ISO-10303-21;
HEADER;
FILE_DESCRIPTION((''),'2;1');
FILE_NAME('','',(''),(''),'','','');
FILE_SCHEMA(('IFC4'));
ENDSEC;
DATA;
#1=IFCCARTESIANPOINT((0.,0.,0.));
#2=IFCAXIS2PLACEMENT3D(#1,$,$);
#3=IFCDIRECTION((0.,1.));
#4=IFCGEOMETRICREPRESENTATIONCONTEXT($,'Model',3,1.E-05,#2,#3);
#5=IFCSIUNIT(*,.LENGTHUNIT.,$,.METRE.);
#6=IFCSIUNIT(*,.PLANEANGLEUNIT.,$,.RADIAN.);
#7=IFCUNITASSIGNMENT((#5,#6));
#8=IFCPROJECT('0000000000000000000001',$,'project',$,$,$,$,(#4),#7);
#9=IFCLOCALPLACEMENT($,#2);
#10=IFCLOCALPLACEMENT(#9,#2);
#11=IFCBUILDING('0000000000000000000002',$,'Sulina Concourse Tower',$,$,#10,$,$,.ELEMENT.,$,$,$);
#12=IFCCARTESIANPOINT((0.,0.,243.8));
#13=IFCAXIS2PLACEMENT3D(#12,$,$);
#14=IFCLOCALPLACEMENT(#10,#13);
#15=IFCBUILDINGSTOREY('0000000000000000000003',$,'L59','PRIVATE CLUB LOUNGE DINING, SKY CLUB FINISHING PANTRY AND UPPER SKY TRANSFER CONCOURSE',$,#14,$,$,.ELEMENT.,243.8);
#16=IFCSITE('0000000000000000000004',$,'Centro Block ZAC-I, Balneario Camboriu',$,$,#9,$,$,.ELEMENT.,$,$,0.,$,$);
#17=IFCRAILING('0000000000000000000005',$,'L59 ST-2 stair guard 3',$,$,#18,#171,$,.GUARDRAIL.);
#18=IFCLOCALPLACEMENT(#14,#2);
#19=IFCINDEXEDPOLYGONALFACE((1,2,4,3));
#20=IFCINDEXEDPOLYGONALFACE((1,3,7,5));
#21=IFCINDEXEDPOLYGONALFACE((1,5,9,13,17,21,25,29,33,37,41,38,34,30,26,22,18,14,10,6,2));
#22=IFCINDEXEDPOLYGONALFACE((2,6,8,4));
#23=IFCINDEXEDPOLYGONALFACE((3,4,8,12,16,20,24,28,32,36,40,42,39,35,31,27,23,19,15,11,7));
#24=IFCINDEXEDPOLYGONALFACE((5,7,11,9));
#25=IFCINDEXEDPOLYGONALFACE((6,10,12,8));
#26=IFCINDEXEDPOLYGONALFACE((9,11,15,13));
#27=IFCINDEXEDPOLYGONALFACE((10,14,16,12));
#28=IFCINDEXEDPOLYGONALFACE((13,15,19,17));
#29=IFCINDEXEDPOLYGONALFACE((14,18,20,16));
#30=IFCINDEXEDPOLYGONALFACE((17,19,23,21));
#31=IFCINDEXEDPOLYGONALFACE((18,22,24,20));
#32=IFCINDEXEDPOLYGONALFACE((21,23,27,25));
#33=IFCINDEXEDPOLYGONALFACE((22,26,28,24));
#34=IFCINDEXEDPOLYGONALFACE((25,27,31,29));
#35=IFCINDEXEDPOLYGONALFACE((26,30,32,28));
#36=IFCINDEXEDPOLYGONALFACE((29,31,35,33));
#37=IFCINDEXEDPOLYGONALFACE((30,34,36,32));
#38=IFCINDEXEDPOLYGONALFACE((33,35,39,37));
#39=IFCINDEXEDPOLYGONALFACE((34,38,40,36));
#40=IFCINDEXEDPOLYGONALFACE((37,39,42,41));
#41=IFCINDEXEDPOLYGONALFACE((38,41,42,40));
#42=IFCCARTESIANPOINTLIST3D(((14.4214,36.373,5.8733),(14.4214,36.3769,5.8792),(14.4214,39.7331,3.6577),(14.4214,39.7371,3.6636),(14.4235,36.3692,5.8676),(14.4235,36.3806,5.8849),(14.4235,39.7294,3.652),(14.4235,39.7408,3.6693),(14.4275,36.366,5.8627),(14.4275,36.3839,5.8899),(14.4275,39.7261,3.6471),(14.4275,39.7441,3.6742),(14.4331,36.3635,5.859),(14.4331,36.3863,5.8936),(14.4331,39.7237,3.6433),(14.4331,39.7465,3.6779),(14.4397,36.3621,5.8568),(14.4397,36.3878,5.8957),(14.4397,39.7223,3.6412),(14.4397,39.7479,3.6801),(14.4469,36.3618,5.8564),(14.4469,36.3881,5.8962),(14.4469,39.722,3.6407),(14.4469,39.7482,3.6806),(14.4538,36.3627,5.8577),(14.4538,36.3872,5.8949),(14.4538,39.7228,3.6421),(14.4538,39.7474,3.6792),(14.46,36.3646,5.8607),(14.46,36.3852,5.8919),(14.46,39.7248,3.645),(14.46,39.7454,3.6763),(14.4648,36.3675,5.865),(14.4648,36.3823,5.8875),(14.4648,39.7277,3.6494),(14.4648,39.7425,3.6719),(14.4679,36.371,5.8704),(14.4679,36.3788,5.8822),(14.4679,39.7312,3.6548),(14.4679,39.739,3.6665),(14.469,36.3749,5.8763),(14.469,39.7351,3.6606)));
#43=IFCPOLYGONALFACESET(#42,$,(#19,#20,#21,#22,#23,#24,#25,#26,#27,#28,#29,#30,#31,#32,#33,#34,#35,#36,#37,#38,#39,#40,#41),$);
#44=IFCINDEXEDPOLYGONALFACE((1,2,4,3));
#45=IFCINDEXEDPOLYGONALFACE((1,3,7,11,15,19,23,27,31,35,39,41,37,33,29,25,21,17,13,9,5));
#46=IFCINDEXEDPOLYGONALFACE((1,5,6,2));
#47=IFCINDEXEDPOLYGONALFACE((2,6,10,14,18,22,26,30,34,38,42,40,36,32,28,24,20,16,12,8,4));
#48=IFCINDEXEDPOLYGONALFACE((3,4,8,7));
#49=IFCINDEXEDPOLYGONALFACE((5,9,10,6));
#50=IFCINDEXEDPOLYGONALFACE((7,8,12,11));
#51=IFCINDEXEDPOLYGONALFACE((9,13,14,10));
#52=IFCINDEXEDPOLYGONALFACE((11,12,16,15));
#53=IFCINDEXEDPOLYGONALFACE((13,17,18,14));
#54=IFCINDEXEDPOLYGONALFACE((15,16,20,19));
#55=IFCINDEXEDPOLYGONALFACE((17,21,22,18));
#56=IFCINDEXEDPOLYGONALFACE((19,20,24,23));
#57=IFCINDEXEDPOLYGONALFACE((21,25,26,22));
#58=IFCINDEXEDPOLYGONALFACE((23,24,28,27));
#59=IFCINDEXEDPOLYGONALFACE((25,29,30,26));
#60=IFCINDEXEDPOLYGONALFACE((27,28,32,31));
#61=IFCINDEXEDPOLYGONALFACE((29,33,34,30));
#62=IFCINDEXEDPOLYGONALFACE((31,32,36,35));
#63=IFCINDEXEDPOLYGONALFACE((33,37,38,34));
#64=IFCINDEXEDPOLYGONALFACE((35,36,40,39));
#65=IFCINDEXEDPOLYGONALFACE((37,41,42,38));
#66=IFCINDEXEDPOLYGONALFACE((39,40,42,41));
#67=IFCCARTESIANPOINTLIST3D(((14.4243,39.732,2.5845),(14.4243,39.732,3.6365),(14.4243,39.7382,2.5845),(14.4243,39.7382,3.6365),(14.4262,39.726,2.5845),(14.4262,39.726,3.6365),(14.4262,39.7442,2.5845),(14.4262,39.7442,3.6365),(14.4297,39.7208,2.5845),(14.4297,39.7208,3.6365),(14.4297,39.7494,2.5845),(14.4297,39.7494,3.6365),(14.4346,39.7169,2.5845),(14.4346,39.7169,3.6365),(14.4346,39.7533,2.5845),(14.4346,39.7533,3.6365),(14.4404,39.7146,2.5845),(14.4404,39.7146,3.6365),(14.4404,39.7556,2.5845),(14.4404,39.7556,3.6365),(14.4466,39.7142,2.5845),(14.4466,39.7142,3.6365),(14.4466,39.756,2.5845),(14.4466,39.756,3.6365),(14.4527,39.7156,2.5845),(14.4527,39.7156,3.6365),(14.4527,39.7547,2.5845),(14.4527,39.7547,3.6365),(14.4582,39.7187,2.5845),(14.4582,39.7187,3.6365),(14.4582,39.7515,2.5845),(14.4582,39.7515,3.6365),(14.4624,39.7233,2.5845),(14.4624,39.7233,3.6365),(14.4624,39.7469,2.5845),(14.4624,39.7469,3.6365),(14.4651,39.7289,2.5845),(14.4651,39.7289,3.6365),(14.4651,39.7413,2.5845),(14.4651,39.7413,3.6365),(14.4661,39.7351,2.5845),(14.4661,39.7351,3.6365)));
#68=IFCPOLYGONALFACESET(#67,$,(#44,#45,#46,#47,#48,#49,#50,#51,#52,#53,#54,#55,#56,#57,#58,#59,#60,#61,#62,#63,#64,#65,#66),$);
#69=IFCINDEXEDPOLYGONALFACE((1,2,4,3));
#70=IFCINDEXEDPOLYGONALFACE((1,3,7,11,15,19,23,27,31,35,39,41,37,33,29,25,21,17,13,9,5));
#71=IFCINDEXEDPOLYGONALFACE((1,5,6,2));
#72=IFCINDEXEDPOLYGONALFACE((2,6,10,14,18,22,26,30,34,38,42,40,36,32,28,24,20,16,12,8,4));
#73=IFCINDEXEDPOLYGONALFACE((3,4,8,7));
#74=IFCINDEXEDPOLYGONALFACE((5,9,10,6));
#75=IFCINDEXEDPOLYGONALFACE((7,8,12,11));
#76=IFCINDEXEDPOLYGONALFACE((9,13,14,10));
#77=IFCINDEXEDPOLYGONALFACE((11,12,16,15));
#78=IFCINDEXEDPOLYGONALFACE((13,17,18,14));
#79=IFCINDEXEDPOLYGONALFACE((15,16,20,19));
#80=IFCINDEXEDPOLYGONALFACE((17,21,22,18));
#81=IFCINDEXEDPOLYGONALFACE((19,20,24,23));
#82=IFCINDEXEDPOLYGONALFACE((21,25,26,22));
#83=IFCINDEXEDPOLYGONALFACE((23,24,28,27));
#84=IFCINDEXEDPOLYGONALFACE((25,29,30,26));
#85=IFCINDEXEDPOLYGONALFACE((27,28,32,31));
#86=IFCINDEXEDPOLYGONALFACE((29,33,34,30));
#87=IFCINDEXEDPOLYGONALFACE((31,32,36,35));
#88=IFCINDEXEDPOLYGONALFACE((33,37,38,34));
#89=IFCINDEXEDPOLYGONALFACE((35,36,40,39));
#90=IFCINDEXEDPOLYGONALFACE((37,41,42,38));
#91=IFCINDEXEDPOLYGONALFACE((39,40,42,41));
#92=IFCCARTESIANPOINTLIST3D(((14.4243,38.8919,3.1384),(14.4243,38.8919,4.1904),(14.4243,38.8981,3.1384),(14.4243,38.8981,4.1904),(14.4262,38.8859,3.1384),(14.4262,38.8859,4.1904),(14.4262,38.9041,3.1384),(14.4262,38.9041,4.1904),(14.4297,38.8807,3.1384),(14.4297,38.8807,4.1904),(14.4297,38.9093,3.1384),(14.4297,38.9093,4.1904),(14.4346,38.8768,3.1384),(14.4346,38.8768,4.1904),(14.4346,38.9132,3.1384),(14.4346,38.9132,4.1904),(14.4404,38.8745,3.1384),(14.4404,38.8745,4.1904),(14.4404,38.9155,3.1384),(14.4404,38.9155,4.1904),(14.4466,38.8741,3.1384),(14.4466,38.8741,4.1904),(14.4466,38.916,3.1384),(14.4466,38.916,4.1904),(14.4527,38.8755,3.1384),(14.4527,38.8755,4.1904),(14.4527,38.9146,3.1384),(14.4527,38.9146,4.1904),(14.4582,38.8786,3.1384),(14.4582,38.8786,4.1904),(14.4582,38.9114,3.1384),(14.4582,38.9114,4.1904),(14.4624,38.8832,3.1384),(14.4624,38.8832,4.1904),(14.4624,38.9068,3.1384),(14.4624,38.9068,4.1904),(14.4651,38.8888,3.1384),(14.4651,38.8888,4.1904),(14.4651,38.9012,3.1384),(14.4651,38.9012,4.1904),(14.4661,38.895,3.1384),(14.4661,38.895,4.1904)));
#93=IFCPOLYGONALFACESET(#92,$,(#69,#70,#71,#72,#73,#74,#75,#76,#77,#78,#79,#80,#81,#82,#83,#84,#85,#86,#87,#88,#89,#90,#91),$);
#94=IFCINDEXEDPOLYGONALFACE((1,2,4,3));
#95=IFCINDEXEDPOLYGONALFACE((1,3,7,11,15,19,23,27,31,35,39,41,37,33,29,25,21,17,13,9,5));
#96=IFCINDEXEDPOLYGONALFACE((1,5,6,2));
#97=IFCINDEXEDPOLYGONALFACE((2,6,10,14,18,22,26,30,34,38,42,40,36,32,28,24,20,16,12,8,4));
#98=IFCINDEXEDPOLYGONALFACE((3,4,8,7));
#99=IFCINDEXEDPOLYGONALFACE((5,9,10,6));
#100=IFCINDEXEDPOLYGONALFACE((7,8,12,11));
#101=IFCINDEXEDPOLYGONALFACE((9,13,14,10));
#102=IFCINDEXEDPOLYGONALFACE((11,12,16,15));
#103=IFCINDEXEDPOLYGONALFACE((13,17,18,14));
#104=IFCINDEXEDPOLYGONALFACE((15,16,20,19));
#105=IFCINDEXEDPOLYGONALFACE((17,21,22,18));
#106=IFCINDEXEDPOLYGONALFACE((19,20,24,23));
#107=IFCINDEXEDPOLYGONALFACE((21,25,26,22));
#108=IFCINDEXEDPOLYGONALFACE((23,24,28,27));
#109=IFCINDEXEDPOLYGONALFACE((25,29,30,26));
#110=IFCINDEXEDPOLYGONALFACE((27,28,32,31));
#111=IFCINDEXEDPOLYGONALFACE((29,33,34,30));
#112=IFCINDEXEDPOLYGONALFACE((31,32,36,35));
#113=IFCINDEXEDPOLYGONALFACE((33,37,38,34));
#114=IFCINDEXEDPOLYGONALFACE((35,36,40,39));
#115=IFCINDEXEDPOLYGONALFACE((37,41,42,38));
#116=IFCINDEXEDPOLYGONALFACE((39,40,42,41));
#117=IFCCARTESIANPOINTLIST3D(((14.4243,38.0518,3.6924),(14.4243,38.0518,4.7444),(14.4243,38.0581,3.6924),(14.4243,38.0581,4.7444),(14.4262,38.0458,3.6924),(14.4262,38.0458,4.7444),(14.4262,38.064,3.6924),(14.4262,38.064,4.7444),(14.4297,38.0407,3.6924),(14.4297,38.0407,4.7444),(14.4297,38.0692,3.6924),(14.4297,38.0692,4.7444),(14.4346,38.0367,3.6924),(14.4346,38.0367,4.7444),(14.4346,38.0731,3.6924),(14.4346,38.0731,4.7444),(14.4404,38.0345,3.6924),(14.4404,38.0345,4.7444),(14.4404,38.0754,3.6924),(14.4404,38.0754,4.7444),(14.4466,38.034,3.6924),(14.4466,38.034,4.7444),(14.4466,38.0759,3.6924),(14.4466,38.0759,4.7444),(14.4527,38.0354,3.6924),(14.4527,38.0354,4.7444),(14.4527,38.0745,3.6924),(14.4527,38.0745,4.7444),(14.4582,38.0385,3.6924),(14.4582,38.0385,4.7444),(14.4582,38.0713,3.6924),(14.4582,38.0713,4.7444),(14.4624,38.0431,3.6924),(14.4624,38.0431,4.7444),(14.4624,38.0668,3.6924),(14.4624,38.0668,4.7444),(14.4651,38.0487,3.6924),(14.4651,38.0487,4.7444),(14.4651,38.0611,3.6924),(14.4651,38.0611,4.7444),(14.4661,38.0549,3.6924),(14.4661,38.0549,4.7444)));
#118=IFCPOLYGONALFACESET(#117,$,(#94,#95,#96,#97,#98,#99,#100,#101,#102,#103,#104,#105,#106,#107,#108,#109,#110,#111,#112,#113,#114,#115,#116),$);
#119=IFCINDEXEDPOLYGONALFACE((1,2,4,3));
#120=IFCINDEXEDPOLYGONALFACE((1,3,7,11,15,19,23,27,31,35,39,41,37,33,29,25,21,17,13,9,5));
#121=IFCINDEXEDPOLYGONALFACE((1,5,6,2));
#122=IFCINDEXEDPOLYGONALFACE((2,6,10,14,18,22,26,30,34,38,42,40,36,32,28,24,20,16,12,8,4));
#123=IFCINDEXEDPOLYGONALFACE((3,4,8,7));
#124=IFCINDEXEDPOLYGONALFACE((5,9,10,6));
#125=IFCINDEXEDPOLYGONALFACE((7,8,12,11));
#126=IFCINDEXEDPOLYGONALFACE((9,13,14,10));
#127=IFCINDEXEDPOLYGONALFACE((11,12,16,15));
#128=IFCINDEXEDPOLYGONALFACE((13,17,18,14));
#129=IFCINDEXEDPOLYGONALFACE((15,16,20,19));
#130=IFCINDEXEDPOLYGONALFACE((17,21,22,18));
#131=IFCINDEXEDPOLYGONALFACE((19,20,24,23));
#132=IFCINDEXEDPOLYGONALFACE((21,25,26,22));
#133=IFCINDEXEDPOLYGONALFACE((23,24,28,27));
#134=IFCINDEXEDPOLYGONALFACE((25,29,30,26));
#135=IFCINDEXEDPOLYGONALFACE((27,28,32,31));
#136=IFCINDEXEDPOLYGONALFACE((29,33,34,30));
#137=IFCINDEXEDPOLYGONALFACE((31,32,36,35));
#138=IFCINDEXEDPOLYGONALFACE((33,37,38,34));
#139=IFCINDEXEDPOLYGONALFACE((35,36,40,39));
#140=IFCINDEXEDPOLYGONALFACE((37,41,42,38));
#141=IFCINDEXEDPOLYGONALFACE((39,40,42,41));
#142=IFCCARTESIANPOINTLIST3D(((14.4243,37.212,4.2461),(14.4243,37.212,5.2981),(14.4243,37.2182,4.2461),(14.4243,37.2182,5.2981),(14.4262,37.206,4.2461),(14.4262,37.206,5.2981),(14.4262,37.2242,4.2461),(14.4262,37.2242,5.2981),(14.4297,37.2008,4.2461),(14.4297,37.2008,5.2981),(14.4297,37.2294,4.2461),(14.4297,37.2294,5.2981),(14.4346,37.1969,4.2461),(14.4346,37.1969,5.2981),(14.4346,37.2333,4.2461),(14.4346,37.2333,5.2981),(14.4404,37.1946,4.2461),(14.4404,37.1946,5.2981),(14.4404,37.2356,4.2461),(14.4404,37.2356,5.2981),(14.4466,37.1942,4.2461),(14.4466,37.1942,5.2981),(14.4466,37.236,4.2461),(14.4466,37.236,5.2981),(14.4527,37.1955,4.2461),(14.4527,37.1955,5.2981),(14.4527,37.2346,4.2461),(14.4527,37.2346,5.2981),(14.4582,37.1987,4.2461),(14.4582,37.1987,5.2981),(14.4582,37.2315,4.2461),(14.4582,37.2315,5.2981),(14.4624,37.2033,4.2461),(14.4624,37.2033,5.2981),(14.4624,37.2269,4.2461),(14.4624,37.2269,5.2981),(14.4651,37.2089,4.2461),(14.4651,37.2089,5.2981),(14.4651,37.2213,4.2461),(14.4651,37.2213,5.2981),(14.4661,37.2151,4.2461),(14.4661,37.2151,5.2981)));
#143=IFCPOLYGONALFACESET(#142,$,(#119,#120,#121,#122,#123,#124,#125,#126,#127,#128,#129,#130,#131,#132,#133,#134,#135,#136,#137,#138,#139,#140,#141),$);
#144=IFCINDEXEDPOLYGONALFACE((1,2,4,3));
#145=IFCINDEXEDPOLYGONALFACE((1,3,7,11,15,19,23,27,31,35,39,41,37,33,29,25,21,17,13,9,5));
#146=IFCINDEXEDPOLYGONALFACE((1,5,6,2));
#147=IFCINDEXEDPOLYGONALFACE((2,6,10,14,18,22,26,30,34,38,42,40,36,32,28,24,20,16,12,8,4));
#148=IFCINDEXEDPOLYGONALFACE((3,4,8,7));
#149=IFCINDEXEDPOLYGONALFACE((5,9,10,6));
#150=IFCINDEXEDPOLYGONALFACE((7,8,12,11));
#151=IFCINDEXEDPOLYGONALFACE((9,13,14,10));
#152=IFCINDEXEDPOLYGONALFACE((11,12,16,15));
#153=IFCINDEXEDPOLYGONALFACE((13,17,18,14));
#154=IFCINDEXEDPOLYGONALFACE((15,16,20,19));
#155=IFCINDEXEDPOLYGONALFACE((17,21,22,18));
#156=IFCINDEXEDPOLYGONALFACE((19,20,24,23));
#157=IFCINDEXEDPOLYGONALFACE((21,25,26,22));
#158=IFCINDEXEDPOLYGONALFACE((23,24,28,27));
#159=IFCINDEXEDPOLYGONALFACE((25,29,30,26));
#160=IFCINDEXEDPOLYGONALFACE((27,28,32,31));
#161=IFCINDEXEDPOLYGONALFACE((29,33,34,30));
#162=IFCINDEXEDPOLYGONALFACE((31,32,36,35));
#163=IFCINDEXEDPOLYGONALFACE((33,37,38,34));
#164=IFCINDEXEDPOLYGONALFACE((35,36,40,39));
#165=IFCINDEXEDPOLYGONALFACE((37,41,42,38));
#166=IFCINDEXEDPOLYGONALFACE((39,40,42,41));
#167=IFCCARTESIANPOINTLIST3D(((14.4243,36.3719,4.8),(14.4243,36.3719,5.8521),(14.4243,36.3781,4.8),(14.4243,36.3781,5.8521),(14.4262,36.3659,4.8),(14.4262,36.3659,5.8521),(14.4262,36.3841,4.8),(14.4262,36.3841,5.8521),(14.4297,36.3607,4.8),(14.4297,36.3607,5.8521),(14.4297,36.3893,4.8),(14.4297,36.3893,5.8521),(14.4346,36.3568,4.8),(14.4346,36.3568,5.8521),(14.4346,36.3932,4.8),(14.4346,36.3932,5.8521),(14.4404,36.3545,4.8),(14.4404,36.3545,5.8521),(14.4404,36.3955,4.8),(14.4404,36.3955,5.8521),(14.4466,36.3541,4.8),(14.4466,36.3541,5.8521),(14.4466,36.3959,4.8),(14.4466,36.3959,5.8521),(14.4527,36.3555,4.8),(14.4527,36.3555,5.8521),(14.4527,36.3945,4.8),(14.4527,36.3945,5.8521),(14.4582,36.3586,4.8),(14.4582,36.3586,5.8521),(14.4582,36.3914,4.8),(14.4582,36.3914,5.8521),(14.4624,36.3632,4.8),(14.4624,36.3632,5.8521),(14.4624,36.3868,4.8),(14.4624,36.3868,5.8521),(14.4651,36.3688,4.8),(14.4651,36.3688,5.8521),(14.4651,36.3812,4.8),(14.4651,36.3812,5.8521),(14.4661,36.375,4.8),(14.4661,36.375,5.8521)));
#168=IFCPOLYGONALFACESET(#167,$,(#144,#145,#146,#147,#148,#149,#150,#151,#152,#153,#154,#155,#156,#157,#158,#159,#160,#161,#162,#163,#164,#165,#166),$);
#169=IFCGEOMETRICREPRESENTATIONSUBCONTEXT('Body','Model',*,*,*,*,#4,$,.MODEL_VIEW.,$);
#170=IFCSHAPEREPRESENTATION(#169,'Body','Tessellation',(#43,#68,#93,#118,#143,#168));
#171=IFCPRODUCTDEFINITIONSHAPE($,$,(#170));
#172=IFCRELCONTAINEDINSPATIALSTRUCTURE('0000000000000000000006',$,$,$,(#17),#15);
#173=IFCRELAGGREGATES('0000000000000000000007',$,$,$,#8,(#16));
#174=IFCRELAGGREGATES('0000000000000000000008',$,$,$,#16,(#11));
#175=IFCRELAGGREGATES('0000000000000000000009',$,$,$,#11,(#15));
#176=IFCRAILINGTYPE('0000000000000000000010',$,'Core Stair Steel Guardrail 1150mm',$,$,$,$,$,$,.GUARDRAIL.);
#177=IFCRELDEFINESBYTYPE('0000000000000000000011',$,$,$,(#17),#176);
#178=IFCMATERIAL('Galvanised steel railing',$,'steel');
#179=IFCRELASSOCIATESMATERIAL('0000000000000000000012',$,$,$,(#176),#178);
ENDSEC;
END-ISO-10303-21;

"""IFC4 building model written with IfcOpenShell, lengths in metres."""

from ifc_helpers import new_model, si_unit, direction, frame, origin, origin_2d, place, context, subcontext, project, spatial, circle, extrude, material, type_object, element, save


model = new_model("IFC4")

# Units and contexts
model_context = context("Model", 3, precision=1e-05, world=origin(), true_north=direction((0.0, 1.0)))
body_context = subcontext(model_context, "Body", "Model", "MODEL_VIEW")
ifc_project = project(units=[si_unit("LENGTHUNIT", "METRE"), si_unit("PLANEANGLEUNIT", "RADIAN")], contexts=[model_context])

# Site, building, storey
site_placement = place(None, origin())
site = spatial("IfcSite", under=ifc_project, at=site_placement, Name="Centro Block ZAC-I, Balneario Camboriu", CompositionType="ELEMENT", RefElevation=0.0)
building_placement = place(site_placement, origin())
building = spatial("IfcBuilding", under=site, at=building_placement, Name="Sulina Concourse Tower", CompositionType="ELEMENT")
storey_placement = place(building_placement, frame((0.0, 0.0, 243.8)))
storey = spatial("IfcBuildingStorey", under=building, at=storey_placement, Name="L59", Description="PRIVATE CLUB LOUNGE DINING, SKY CLUB FINISHING PANTRY AND UPPER SKY TRANSFER CONCOURSE", CompositionType="ELEMENT", Elevation=243.8)

# Railing
ifc_material_1 = material(Name="Galvanised steel railing", Category="steel")
railing_type_1 = type_object("IfcRailingType", Name="Core Stair Steel Guardrail 1150mm", PredefinedType="GUARDRAIL", material=ifc_material_1)
railing_1_placement = place(storey_placement, frame((14.4451, 39.7351, 2.5845)))
element("IfcRailing", 1, at=railing_1_placement, inside=storey, type_object=railing_type_1, Name="L59 ST-2 stair guard 3", PredefinedType="GUARDRAIL", context=body_context, shape_type="SweptSolid", body=[
    extrude(circle(Radius=0.0239, at=origin_2d()), frame((0.0, 0.0, 1.0762), z_axis=(0.0, -0.834849, 0.55048), x_axis=(1.0, 0.0, 0.0)), (0.0, 0.0, 1.0), 4.0249),
    extrude(circle(Radius=0.021, at=origin_2d()), origin(), (0.0, 0.0, 1.0), 1.052),
    extrude(circle(Radius=0.021, at=origin_2d()), frame((0.0, -0.8401, 0.554)), (0.0, 0.0, 1.0), 1.052),
    extrude(circle(Radius=0.021, at=origin_2d()), frame((0.0, -1.6802, 1.1079)), (0.0, 0.0, 1.0), 1.052),
    extrude(circle(Radius=0.021, at=origin_2d()), frame((0.0, -2.52, 1.6616)), (0.0, 0.0, 1.0), 1.052),
    extrude(circle(Radius=0.021, at=origin_2d()), frame((0.0, -3.3601, 2.2156)), (0.0, 0.0, 1.0), 1.052),
])

save(model, "model.ifc")
